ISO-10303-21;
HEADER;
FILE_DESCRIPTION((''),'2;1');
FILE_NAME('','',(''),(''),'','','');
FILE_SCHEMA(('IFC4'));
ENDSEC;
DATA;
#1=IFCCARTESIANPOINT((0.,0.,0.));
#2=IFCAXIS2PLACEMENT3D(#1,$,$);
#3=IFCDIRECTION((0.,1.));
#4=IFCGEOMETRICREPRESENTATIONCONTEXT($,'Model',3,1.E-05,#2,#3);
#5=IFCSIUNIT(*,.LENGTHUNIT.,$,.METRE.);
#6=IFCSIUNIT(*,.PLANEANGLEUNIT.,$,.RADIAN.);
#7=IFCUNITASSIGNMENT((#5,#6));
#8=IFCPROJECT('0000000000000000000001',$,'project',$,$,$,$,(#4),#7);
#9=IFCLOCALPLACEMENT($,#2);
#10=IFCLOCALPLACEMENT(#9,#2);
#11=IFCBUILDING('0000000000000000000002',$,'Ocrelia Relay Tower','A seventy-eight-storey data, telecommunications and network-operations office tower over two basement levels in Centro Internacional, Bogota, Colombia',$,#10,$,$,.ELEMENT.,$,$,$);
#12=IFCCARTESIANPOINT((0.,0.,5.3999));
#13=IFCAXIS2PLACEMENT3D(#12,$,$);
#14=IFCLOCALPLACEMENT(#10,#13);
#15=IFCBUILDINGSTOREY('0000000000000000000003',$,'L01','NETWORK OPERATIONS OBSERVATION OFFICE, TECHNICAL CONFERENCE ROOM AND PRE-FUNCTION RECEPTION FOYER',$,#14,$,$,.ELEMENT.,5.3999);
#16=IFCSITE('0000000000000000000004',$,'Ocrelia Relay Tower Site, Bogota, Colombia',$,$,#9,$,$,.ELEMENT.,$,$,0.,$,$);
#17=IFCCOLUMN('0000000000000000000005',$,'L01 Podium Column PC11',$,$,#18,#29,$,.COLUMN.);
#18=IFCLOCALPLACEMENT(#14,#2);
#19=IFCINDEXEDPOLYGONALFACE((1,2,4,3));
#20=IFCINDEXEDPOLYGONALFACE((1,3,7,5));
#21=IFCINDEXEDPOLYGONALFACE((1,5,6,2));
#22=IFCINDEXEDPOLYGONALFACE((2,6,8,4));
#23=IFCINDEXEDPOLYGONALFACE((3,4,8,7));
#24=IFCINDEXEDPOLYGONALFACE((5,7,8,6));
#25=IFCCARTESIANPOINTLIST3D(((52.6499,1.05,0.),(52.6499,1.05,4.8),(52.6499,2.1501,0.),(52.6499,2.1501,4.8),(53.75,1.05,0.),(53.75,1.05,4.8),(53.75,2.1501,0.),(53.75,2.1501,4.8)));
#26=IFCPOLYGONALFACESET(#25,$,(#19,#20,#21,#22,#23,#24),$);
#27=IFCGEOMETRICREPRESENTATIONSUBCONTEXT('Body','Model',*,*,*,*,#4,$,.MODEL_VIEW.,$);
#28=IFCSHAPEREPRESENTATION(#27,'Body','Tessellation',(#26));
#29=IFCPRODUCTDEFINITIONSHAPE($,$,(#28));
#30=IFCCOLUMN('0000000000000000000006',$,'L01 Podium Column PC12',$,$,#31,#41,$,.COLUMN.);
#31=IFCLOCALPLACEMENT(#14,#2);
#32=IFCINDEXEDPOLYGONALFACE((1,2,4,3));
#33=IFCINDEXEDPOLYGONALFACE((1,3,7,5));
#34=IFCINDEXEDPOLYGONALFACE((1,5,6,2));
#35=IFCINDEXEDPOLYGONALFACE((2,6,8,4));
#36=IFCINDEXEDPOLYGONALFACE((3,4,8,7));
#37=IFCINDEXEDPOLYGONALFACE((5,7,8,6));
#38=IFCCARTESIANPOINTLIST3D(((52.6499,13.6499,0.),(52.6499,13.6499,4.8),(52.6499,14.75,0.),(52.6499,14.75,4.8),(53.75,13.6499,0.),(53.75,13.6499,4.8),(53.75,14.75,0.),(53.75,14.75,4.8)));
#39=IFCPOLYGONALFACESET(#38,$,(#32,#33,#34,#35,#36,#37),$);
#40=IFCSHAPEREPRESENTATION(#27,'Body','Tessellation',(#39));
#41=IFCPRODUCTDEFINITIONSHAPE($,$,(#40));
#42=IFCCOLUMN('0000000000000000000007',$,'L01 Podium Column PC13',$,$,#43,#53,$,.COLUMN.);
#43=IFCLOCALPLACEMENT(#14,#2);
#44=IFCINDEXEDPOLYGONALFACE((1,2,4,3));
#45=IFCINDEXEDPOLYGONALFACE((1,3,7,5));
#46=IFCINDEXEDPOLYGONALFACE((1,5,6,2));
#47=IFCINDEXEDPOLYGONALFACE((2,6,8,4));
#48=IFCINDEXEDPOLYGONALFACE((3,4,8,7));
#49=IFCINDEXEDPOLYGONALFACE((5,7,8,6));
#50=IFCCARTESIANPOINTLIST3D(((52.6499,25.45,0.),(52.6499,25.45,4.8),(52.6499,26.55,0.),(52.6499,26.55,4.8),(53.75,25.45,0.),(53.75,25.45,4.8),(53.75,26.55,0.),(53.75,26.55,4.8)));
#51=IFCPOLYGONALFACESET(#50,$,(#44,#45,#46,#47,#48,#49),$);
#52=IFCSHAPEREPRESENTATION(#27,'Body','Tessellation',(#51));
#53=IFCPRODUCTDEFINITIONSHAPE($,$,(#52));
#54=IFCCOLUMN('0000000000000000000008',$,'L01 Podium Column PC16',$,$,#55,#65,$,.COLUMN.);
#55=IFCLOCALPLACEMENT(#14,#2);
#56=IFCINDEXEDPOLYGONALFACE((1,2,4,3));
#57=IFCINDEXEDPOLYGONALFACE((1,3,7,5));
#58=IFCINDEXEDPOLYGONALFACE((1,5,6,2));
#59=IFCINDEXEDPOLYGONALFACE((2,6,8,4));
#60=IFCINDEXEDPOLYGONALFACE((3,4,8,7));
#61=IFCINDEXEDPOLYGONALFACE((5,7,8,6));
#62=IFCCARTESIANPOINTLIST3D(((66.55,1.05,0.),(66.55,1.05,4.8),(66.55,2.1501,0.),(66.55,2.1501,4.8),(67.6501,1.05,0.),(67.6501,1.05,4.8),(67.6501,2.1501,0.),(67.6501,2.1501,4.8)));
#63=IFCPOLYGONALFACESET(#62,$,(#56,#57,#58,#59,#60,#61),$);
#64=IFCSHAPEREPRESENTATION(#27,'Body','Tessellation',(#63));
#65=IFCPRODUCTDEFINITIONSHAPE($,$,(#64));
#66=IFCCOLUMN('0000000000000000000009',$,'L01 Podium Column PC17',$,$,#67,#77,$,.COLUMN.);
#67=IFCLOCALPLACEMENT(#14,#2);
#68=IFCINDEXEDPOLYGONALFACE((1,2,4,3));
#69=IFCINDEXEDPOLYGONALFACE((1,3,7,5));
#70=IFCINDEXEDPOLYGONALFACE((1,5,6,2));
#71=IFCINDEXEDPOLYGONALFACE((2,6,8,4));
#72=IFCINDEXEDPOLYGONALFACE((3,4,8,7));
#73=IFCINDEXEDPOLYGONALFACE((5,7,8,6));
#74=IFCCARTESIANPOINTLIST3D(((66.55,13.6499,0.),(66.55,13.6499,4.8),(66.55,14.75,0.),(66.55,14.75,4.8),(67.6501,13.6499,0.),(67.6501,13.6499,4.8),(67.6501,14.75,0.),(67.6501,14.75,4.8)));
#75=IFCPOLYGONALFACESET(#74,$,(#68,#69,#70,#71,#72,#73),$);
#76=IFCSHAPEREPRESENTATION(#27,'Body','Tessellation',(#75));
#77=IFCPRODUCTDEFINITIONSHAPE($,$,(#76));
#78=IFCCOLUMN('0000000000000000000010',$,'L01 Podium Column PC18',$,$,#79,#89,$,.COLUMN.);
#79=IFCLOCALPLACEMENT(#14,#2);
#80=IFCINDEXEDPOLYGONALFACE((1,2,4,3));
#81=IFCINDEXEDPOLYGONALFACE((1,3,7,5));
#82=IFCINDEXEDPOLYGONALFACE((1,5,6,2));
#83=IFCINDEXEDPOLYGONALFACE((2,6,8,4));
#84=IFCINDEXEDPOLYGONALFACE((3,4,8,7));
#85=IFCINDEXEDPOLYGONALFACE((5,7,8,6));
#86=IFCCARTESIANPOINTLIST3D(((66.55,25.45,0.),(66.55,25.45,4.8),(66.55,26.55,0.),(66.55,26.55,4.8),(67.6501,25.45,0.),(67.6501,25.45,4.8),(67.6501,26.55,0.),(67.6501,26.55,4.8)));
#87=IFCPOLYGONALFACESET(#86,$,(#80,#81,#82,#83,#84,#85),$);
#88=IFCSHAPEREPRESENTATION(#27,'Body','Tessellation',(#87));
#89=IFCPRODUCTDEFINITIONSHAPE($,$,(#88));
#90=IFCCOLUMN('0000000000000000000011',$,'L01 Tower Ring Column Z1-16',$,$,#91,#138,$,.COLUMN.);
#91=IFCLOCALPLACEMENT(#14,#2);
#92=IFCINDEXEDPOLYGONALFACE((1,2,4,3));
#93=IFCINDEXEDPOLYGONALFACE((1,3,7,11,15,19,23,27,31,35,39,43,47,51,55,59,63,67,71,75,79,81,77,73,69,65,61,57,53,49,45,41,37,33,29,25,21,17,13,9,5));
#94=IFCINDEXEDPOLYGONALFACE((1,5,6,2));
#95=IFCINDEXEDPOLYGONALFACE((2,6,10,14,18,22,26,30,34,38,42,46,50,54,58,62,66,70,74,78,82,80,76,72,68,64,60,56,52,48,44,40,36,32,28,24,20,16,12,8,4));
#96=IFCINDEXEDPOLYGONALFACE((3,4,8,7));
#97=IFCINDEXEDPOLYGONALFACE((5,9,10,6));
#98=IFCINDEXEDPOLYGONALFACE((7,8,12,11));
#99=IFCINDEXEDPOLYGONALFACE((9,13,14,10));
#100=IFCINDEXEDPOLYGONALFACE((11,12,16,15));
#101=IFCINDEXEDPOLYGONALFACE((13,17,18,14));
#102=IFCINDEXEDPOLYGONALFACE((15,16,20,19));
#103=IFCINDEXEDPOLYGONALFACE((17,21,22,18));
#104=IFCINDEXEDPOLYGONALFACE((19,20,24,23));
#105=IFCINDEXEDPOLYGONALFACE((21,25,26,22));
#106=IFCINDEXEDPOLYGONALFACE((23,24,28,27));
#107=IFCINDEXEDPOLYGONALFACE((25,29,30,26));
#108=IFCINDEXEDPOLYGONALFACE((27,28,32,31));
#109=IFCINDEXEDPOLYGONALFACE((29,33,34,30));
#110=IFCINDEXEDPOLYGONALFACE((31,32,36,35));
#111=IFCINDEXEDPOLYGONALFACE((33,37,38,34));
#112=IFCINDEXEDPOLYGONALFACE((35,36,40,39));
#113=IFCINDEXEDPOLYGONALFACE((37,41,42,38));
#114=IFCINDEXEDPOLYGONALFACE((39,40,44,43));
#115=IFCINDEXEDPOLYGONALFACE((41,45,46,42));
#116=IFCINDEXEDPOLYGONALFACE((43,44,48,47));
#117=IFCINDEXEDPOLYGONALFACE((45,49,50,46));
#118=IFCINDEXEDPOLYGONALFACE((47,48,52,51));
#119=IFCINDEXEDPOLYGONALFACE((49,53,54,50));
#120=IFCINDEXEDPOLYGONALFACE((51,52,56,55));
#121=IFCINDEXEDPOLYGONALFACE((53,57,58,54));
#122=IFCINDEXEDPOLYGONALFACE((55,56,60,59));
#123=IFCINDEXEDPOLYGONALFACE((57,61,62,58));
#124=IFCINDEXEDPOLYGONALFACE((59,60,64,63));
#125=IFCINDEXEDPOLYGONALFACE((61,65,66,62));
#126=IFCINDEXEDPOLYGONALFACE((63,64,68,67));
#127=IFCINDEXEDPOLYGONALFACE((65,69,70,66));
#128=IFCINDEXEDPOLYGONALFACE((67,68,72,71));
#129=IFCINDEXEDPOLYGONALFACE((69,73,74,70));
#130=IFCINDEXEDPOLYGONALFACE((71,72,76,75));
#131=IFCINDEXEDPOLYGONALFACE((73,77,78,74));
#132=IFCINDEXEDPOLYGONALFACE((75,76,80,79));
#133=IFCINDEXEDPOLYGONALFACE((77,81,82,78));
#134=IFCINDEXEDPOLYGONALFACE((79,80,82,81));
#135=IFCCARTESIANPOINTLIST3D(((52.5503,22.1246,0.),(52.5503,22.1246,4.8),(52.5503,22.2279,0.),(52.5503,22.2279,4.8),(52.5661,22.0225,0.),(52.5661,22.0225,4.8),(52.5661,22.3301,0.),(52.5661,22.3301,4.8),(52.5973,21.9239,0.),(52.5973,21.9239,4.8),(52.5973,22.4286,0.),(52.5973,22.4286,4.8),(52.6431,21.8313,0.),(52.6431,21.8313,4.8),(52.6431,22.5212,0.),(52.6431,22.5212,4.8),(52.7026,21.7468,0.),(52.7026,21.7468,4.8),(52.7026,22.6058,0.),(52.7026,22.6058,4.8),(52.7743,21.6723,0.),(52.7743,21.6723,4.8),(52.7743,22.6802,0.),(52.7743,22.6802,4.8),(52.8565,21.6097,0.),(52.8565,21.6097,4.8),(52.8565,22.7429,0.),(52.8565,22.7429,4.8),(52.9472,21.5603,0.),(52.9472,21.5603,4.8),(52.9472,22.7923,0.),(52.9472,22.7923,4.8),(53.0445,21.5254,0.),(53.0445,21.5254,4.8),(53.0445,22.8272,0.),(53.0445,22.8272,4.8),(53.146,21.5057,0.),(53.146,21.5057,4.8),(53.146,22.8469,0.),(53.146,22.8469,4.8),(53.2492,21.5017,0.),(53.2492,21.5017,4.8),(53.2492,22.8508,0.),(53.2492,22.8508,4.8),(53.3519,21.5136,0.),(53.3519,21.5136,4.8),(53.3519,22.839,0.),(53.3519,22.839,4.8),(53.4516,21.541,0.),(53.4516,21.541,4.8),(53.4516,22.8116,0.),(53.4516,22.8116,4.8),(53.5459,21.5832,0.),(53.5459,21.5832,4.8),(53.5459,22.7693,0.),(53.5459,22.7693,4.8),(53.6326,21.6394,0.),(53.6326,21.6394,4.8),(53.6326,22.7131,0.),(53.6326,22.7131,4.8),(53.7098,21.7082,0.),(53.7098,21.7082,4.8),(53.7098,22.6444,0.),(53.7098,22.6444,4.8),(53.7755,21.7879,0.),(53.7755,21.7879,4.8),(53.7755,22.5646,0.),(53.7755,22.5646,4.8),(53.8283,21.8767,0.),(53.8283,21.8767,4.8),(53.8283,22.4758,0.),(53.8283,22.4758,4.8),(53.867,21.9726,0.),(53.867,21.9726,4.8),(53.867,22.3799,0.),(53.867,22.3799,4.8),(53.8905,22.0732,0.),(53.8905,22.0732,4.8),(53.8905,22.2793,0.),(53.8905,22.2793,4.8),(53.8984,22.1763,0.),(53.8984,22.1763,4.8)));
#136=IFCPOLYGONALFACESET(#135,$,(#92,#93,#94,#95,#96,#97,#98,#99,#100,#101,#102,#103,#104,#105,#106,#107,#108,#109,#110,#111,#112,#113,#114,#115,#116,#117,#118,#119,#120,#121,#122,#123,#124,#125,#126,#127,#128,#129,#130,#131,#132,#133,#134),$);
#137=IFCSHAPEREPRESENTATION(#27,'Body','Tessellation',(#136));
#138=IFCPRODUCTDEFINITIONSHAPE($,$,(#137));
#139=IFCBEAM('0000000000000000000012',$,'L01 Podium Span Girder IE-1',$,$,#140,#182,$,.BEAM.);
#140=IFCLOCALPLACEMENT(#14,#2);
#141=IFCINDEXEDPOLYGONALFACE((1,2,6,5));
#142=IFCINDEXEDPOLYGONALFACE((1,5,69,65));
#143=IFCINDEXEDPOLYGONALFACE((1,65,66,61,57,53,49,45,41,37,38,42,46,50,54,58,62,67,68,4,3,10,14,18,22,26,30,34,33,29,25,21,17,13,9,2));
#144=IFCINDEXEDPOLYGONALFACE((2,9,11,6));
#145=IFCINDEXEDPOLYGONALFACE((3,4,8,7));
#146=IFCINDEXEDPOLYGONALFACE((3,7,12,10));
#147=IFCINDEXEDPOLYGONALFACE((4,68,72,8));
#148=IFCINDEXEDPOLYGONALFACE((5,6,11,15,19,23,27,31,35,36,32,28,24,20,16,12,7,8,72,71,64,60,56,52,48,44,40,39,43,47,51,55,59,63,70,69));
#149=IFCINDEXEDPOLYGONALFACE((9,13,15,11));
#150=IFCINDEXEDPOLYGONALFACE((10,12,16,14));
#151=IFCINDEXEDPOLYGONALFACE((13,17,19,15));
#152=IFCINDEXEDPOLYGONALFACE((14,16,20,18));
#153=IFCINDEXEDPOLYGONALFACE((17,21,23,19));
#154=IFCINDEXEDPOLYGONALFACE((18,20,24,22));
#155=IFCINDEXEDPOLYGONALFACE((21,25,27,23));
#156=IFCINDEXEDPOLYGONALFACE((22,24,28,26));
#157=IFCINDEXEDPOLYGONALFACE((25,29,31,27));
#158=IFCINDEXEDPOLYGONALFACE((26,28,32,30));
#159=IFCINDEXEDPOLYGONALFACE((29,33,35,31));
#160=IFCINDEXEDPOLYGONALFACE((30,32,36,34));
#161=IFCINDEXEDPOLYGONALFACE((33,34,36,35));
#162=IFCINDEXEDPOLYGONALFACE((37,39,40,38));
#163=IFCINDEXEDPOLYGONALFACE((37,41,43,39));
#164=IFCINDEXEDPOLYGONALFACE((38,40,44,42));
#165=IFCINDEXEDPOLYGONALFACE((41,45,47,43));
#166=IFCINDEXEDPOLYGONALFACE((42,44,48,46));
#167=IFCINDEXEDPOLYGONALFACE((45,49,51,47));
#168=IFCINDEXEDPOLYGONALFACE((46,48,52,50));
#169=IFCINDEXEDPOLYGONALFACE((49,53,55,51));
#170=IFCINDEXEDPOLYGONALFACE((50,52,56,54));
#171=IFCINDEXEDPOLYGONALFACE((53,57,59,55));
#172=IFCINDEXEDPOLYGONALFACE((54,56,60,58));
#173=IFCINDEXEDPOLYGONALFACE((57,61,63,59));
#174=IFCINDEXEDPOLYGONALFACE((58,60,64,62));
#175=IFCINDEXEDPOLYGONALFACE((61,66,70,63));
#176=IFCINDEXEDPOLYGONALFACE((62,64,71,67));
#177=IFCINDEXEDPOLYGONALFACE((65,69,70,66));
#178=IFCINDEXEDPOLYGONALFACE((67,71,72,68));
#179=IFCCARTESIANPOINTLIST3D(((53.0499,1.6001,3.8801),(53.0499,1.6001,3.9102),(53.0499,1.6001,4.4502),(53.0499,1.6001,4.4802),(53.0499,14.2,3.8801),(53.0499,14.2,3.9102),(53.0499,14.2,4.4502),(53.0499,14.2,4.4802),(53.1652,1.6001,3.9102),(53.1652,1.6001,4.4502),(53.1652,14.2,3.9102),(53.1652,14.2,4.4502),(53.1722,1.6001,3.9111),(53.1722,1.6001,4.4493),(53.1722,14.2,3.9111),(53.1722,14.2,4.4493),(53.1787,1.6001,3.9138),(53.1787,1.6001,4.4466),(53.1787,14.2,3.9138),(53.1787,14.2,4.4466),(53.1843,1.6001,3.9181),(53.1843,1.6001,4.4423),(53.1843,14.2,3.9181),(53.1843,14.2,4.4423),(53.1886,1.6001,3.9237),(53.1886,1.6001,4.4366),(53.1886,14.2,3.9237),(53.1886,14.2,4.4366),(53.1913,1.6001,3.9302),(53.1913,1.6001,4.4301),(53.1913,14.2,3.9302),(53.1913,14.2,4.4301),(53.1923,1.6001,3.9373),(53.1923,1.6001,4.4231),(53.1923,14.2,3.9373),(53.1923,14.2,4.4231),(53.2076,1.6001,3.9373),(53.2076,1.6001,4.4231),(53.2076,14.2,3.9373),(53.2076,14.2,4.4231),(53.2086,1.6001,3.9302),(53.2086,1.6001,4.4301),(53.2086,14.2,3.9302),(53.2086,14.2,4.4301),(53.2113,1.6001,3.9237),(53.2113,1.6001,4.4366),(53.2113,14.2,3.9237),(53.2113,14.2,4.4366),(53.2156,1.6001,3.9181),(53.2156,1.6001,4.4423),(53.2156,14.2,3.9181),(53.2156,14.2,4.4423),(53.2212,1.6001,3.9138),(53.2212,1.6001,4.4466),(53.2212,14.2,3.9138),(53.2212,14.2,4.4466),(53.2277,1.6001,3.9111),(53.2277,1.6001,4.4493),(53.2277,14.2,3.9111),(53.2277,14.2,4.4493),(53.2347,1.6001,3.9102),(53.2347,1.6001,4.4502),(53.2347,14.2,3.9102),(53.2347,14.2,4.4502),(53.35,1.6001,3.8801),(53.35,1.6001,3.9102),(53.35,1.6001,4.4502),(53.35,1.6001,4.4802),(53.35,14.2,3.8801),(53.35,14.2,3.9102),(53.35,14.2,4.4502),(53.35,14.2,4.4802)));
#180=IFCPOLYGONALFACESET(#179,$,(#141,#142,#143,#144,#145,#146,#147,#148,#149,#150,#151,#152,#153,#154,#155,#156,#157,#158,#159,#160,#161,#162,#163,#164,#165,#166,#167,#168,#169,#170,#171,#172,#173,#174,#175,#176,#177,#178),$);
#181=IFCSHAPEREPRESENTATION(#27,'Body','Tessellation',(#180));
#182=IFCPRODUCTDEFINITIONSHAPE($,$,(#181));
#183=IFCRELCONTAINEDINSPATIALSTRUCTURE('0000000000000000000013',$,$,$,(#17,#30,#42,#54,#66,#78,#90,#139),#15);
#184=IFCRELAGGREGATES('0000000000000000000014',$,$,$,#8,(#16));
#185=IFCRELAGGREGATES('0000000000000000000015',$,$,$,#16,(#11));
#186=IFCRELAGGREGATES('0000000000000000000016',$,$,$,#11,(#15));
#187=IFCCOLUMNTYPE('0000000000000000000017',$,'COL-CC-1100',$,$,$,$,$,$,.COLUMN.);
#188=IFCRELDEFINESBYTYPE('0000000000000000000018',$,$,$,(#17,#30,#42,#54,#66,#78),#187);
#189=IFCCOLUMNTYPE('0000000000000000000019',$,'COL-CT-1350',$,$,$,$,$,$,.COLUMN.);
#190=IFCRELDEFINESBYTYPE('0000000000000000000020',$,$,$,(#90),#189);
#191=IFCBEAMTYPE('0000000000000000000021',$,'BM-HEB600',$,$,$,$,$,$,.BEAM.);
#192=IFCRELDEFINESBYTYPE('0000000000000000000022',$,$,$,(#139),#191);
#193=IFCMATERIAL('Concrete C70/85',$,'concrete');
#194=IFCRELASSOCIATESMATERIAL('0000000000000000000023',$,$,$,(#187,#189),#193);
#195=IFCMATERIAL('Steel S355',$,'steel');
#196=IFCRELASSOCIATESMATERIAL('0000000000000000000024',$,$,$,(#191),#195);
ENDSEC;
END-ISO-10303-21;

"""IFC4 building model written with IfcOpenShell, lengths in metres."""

from ifc_helpers import new_model, si_unit, direction, frame, origin, origin_2d, place, context, subcontext, project, spatial, rectangle, circle, i_section, extrude, material, material_profile, profile_set, type_object, element, save


model = new_model("IFC4")

# Units and contexts
model_context = context("Model", 3, precision=1e-05, world=origin(), true_north=direction((0.0, 1.0)))
body_context = subcontext(model_context, "Body", "Model", "MODEL_VIEW")
ifc_project = project(units=[si_unit("LENGTHUNIT", "METRE"), si_unit("PLANEANGLEUNIT", "RADIAN")], contexts=[model_context])

# Site, building, storey
site_placement = place(None, origin())
site = spatial("IfcSite", under=ifc_project, at=site_placement, Name="Ocrelia Relay Tower Site, Bogota, Colombia", CompositionType="ELEMENT", RefElevation=0.0)
building_placement = place(site_placement, origin())
building = spatial("IfcBuilding", under=site, at=building_placement, Name="Ocrelia Relay Tower", Description="A seventy-eight-storey data, telecommunications and network-operations office tower over two basement levels in Centro Internacional, Bogota, Colombia", CompositionType="ELEMENT")
storey_placement = place(building_placement, frame((0.0, 0.0, 5.3999)))
storey = spatial("IfcBuildingStorey", under=building, at=storey_placement, Name="L01", Description="NETWORK OPERATIONS OBSERVATION OFFICE, TECHNICAL CONFERENCE ROOM AND PRE-FUNCTION RECEPTION FOYER", CompositionType="ELEMENT", Elevation=5.3999)

# Columns
ifc_material_1 = material(Name="Concrete C70/85", Category="concrete")
ifc_material_profile_1 = material_profile(ifc_material_1, rectangle(XDim=1.1001, YDim=1.1001, at=origin_2d()), Name="RC-COL-1100x1100")
ifc_profile_set_1 = profile_set([ifc_material_profile_1], Name="Concrete C70/85")
column_type_1 = type_object("IfcColumnType", Name="COL-CC-1100", PredefinedType="COLUMN", material=ifc_profile_set_1)
for number, where, z_axis, x_axis, name in (
    (1, (53.2, 1.6001, 0.0), (0.0, 0.0, 1.0), (1.0, 0.0, 0.0), "L01 Podium Column PC11"),
    (2, (53.2, 14.2, 0.0), (0.0, 0.0, 1.0), (1.0, 0.0, 0.0), "L01 Podium Column PC12"),
    (3, (53.2, 26.0, 0.0), (0.0, 0.0, 1.0), (1.0, 0.0, 0.0), "L01 Podium Column PC13"),
    (4, (67.1001, 1.6001, 0.0), (0.0, 0.0, 1.0), (1.0, 0.0, 0.0), "L01 Podium Column PC16"),
    (5, (67.1001, 14.2, 0.0), (0.0, 0.0, 1.0), (1.0, 0.0, 0.0), "L01 Podium Column PC17"),
    (6, (67.1001, 26.0, 0.0), (0.0, 0.0, 1.0), (1.0, 0.0, 0.0), "L01 Podium Column PC18"),
):
    element("IfcColumn", number, at=place(storey_placement, frame(where, z_axis=z_axis, x_axis=x_axis)), inside=storey, type_object=column_type_1, Name=name, PredefinedType="COLUMN", context=body_context, shape_type="SweptSolid", body=[
        extrude(rectangle(XDim=1.1001, YDim=1.1001, at=origin_2d()), origin(), (0.0, 0.0, 1.0), 4.8),
    ])
ifc_material_profile_2 = material_profile(ifc_material_1, circle(Radius=0.675, at=origin_2d()), Name="RC-CIR-1350")
ifc_profile_set_2 = profile_set([ifc_material_profile_2], Name="Concrete C70/85")
column_type_2 = type_object("IfcColumnType", Name="COL-CT-1350", PredefinedType="COLUMN", material=ifc_profile_set_2)
column_placement = place(storey_placement, frame((53.2234, 22.1763, 0.0), z_axis=(0.0, 0.0, 1.0), x_axis=(1.0, 0.0, 0.0)))
element("IfcColumn", 7, at=column_placement, inside=storey, type_object=column_type_2, Name="L01 Tower Ring Column Z1-16", PredefinedType="COLUMN", context=body_context, shape_type="SweptSolid", body=[
    extrude(circle(Radius=0.675, at=origin_2d()), origin(), (0.0, 0.0, 1.0), 4.8),
])

# Beam
ifc_material_2 = material(Name="Steel S355", Category="steel")
ifc_material_profile_3 = material_profile(ifc_material_2, i_section(OverallWidth=0.3, OverallDepth=0.6001, WebThickness=0.0154, FlangeThickness=0.03, FilletRadius=0.0271, at=origin_2d()), Name="HEB 600")
ifc_profile_set_3 = profile_set([ifc_material_profile_3], Name="Steel S355")
beam_type_1 = type_object("IfcBeamType", Name="BM-HEB600", PredefinedType="BEAM", material=ifc_profile_set_3)
beam_1_placement = place(storey_placement, frame((53.2, 1.6001, 4.1802), z_axis=(0.0, 1.0, 0.0), x_axis=(-1.0, 0.0, 0.0)))
element("IfcBeam", 8, at=beam_1_placement, inside=storey, type_object=beam_type_1, Name="L01 Podium Span Girder IE-1", PredefinedType="BEAM", context=body_context, shape_type="SweptSolid", body=[
    extrude(i_section(OverallWidth=0.3, OverallDepth=0.6001, WebThickness=0.0154, FlangeThickness=0.03, FilletRadius=0.0271, at=origin_2d()), origin(), (0.0, 0.0, 1.0), 12.5999),
])

save(model, "model.ifc")
